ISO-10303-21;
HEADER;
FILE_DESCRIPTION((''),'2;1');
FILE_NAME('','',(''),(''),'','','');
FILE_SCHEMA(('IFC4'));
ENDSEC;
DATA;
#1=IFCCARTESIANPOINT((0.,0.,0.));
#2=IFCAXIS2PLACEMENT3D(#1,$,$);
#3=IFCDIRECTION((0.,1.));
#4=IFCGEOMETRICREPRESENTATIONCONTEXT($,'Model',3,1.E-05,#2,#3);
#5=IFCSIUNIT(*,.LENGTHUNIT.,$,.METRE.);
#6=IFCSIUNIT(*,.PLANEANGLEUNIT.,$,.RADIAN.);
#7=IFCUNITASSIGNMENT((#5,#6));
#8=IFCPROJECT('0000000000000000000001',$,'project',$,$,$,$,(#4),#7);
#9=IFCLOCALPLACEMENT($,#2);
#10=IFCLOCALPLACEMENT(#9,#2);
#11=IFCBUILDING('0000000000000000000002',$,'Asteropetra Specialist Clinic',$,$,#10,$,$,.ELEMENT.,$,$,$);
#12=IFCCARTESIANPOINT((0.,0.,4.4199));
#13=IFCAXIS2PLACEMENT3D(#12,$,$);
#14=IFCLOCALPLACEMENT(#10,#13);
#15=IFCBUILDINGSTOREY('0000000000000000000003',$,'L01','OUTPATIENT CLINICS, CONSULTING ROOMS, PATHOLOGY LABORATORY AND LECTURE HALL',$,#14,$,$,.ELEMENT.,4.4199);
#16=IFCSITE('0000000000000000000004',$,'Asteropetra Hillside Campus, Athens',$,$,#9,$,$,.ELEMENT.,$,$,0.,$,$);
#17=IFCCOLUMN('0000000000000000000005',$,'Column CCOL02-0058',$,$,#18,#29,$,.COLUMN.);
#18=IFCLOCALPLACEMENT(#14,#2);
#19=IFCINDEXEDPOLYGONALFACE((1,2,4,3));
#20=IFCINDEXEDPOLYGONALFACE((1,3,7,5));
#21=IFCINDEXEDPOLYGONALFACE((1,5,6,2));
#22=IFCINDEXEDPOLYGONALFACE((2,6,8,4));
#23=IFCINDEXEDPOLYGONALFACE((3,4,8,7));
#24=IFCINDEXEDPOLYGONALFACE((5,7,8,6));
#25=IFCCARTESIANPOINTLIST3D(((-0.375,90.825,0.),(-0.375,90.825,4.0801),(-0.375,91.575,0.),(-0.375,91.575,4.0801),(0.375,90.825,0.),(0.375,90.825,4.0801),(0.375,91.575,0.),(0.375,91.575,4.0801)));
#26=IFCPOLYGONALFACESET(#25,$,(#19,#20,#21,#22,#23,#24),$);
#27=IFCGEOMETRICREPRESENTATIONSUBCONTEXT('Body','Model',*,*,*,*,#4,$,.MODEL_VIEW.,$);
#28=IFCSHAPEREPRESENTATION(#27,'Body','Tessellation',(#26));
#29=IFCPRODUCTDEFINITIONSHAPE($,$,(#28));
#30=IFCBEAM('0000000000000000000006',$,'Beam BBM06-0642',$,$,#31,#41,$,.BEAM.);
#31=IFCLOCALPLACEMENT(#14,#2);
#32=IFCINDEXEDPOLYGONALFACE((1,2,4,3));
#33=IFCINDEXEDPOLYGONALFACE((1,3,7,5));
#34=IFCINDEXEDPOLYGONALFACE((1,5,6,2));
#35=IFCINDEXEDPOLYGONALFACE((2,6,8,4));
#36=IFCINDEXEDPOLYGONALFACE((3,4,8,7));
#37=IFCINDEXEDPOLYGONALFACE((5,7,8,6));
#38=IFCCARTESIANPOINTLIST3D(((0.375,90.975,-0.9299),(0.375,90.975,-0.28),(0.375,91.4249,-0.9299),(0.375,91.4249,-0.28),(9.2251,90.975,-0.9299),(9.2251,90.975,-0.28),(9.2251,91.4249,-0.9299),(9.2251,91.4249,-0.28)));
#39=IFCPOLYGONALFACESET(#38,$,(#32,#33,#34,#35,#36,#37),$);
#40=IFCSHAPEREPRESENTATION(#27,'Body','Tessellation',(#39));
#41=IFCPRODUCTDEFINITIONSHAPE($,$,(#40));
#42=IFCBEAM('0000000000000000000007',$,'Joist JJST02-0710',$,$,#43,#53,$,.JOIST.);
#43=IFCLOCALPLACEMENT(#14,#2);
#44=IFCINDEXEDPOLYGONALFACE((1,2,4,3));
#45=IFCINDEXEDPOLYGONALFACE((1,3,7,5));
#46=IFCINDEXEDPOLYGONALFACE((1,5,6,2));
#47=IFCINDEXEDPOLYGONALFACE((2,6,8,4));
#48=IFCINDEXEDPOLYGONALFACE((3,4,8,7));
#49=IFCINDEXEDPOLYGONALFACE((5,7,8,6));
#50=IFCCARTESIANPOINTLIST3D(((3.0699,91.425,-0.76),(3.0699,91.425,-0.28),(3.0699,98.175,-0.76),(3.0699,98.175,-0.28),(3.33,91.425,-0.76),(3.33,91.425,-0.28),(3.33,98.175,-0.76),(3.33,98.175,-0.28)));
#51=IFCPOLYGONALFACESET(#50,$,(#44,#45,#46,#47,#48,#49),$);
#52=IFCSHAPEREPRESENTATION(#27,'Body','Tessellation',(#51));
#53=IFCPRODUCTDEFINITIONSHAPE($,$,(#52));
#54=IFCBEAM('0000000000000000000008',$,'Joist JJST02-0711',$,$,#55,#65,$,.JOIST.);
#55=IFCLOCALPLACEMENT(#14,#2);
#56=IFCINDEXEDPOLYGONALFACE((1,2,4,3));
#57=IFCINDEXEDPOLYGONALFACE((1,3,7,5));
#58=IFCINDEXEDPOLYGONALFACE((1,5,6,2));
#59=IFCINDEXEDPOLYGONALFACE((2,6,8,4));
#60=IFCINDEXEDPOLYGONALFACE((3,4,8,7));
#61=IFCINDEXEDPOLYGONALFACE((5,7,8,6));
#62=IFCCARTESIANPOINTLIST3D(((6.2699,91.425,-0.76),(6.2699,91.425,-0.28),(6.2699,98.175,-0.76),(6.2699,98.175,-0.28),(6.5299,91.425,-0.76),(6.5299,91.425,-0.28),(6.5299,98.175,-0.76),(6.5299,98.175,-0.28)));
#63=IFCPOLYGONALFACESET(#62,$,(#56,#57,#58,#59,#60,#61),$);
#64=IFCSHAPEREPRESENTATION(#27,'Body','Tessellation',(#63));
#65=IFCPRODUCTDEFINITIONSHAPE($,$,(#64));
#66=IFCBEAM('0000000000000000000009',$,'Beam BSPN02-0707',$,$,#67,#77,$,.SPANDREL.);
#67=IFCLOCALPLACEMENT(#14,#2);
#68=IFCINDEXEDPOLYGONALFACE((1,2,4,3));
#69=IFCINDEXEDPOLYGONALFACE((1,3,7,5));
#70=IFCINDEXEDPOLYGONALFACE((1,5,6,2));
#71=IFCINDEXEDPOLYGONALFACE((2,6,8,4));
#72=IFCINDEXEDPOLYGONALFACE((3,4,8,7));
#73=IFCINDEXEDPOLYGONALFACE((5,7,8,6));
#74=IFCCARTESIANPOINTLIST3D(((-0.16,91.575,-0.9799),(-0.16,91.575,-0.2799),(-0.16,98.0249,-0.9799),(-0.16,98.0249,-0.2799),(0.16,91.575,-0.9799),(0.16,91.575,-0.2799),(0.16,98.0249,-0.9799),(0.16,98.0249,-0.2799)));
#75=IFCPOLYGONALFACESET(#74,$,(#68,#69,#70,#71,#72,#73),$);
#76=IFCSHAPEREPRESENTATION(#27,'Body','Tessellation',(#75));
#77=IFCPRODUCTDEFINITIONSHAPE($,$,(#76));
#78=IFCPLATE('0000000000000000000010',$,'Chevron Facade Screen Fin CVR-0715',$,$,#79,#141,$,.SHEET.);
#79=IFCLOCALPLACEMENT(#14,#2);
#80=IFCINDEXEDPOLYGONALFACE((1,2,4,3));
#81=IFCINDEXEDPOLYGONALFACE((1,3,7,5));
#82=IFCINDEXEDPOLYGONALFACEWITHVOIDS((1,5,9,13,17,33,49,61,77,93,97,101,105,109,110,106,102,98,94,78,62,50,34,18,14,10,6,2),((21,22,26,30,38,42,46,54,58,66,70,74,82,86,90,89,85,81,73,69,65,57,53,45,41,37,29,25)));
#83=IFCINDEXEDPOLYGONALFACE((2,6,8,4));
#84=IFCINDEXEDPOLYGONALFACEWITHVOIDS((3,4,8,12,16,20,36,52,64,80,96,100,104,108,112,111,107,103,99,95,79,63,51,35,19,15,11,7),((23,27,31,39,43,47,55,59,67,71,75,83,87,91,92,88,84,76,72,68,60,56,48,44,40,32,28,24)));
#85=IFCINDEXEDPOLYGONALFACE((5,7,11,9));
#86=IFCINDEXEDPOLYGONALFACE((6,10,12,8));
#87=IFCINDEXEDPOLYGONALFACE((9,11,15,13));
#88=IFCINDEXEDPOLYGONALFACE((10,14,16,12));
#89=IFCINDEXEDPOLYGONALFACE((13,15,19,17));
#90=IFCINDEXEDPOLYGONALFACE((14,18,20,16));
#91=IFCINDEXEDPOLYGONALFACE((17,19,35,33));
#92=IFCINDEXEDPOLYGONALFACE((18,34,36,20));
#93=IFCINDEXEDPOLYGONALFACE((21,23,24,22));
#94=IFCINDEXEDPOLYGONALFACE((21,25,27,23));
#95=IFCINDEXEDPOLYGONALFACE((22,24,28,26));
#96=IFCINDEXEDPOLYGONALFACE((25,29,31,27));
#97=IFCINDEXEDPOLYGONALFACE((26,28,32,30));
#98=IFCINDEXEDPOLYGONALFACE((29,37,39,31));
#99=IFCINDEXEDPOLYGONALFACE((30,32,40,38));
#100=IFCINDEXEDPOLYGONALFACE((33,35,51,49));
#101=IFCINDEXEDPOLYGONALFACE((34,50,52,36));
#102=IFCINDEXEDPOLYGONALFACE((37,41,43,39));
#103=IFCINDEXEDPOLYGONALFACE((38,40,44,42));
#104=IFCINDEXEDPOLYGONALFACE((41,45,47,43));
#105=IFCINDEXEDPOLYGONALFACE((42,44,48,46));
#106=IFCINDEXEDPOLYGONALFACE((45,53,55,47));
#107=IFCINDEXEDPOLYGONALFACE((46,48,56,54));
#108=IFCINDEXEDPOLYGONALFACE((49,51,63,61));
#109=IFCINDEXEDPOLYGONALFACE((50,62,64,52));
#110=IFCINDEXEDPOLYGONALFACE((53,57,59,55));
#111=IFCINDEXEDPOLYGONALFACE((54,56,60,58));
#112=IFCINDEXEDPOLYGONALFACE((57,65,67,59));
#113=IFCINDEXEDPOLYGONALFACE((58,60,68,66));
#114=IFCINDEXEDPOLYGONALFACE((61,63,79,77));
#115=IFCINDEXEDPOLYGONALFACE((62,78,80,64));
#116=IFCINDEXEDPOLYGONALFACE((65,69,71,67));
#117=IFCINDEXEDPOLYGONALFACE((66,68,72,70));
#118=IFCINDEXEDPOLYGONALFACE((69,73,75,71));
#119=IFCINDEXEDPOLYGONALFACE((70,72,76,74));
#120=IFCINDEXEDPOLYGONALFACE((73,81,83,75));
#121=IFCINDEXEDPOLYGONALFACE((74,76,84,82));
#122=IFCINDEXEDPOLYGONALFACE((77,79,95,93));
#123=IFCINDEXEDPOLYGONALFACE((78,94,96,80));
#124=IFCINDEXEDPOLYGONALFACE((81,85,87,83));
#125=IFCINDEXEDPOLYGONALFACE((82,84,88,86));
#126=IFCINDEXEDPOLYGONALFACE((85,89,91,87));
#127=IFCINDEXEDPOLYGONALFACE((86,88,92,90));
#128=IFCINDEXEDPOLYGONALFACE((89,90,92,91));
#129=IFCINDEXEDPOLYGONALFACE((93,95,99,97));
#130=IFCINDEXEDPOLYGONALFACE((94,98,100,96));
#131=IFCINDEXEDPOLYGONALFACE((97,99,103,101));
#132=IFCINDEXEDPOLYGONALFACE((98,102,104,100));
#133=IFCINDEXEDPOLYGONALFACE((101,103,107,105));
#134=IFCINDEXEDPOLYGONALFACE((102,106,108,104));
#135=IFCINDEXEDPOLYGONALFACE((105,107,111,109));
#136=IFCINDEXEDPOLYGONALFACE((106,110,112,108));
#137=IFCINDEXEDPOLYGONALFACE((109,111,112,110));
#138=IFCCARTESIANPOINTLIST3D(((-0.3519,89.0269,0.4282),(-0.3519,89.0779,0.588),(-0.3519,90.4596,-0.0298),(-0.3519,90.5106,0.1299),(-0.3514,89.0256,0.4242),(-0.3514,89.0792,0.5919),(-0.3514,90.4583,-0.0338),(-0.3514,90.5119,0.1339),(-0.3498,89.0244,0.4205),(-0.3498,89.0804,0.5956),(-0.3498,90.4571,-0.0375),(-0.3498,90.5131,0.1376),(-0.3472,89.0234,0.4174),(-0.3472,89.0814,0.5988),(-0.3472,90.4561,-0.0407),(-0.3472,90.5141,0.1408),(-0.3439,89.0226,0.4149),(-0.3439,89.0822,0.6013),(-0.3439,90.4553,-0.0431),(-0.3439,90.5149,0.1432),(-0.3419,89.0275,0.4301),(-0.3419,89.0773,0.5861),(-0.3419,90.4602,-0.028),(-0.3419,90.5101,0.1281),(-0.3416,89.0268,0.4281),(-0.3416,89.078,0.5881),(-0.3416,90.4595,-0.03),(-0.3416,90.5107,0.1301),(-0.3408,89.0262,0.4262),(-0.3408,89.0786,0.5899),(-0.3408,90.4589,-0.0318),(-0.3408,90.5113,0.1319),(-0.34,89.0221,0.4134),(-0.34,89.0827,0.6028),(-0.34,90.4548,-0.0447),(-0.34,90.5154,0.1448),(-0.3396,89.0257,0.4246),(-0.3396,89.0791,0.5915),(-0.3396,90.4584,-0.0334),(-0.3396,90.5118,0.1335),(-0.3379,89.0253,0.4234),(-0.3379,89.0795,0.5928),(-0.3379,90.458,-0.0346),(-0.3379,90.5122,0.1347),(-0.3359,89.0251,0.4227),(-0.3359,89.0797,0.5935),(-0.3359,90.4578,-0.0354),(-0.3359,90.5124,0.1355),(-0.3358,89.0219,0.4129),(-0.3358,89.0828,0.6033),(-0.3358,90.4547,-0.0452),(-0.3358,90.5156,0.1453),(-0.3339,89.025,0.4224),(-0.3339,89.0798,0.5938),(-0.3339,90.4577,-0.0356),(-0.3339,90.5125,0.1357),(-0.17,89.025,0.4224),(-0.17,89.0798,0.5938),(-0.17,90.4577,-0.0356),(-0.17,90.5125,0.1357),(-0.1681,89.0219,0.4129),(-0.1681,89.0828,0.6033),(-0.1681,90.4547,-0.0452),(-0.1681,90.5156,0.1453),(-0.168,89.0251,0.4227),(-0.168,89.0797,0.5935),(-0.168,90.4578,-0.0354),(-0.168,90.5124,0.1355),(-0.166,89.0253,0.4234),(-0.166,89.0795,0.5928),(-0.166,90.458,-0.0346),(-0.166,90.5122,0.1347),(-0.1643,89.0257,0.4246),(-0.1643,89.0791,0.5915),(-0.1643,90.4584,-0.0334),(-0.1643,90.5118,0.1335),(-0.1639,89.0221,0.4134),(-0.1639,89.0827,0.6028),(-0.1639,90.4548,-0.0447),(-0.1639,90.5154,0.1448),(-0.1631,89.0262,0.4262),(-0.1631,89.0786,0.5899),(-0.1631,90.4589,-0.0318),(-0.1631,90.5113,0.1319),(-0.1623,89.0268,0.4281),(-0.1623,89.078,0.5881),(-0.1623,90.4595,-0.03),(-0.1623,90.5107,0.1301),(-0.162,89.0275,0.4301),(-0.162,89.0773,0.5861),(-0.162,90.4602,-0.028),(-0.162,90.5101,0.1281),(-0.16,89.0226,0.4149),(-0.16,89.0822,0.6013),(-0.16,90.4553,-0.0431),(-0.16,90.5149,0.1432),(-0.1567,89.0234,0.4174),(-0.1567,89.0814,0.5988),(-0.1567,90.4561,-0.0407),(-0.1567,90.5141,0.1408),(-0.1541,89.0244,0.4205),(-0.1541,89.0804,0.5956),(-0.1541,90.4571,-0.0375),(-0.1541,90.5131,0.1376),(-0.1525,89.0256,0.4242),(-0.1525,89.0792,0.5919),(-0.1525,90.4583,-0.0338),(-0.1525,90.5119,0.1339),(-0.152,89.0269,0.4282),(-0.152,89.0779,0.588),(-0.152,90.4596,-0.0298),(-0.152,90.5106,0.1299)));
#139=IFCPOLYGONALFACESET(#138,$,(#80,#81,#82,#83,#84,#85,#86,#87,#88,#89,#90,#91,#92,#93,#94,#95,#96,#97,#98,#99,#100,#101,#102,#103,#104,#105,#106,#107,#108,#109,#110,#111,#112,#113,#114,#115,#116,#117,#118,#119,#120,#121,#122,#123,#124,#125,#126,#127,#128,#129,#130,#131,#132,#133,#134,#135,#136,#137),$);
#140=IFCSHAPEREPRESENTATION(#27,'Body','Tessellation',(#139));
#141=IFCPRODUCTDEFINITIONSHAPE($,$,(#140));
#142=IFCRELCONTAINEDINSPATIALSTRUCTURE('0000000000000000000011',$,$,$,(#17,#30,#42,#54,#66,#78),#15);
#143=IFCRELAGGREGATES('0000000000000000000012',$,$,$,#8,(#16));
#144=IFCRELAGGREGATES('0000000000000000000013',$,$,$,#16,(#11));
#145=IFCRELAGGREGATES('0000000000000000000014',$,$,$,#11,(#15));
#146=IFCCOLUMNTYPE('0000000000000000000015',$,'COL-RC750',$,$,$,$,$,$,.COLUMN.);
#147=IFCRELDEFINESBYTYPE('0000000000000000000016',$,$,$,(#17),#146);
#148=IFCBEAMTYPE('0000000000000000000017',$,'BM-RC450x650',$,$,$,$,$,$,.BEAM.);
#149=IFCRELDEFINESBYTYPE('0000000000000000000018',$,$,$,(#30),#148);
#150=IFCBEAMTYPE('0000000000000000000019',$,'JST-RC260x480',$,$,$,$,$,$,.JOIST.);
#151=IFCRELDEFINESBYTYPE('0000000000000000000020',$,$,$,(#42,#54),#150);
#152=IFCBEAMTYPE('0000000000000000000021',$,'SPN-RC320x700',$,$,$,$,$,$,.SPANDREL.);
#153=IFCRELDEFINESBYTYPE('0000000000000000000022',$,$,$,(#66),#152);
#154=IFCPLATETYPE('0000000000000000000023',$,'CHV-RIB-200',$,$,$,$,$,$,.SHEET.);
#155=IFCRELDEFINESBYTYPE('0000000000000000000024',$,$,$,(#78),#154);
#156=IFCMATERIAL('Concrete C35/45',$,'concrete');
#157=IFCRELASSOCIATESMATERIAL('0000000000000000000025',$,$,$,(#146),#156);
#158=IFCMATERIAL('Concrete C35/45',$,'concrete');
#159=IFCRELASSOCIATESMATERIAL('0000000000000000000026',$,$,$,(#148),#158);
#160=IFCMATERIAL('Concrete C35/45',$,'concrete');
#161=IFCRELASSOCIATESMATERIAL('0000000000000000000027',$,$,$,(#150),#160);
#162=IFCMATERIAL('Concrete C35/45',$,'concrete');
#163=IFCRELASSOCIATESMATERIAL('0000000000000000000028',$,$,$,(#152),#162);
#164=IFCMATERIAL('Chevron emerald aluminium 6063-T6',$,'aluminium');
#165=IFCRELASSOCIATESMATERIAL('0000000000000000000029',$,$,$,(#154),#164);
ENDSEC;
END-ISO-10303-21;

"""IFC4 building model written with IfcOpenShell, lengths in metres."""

from ifc_helpers import new_model, si_unit, direction, frame, origin, origin_2d, place, context, subcontext, project, spatial, rectangle, hollow_rectangle, extrude, material, material_profile, profile_set, type_object, element, save


model = new_model("IFC4")

# Units and contexts
model_context = context("Model", 3, precision=1e-05, world=origin(), true_north=direction((0.0, 1.0)))
body_context = subcontext(model_context, "Body", "Model", "MODEL_VIEW")
ifc_project = project(units=[si_unit("LENGTHUNIT", "METRE"), si_unit("PLANEANGLEUNIT", "RADIAN")], contexts=[model_context])

# Site, building, storey
site_placement = place(None, origin())
site = spatial("IfcSite", under=ifc_project, at=site_placement, Name="Asteropetra Hillside Campus, Athens", CompositionType="ELEMENT", RefElevation=0.0)
building_placement = place(site_placement, origin())
building = spatial("IfcBuilding", under=site, at=building_placement, Name="Asteropetra Specialist Clinic", CompositionType="ELEMENT")
storey_placement = place(building_placement, frame((0.0, 0.0, 4.4199)))
storey = spatial("IfcBuildingStorey", under=building, at=storey_placement, Name="L01", Description="OUTPATIENT CLINICS, CONSULTING ROOMS, PATHOLOGY LABORATORY AND LECTURE HALL", CompositionType="ELEMENT", Elevation=4.4199)

# Column
ifc_material_1 = material(Name="Concrete C35/45", Category="concrete")
ifc_material_profile_1 = material_profile(ifc_material_1, rectangle(XDim=0.75, YDim=0.75, at=origin_2d()), Name="RC 750x750")
ifc_profile_set_1 = profile_set([ifc_material_profile_1], Name="Concrete C35/45")
column_type = type_object("IfcColumnType", Name="COL-RC750", PredefinedType="COLUMN", material=ifc_profile_set_1)
column_placement = place(storey_placement, frame((0.0, 91.2, 0.0), z_axis=(0.0, 0.0, 1.0), x_axis=(1.0, 0.0, 0.0)))
element("IfcColumn", 1, at=column_placement, inside=storey, type_object=column_type, Name="Column CCOL02-0058", PredefinedType="COLUMN", context=body_context, shape_type="SweptSolid", body=[
    extrude(rectangle(XDim=0.75, YDim=0.75, at=origin_2d()), origin(), (0.0, 0.0, 1.0), 4.0801),
])

# Beams
ifc_material_2 = material(Name="Concrete C35/45", Category="concrete")
ifc_material_profile_2 = material_profile(ifc_material_2, rectangle(XDim=0.45, YDim=0.6499, at=origin_2d()), Name="RCB 450x650")
ifc_profile_set_2 = profile_set([ifc_material_profile_2], Name="Concrete C35/45")
beam_type_1 = type_object("IfcBeamType", Name="BM-RC450x650", PredefinedType="BEAM", material=ifc_profile_set_2)
beam_1_placement = place(storey_placement, frame((0.375, 91.2, -0.605), z_axis=(1.0, 0.0, 0.0), x_axis=(0.0, 1.0, 0.0)))
element("IfcBeam", 2, at=beam_1_placement, inside=storey, type_object=beam_type_1, Name="Beam BBM06-0642", PredefinedType="BEAM", context=body_context, shape_type="SweptSolid", body=[
    extrude(rectangle(XDim=0.45, YDim=0.6499, at=origin_2d()), origin(), (0.0, 0.0, 1.0), 8.8501),
])
ifc_material_3 = material(Name="Concrete C35/45", Category="concrete")
ifc_material_profile_3 = material_profile(ifc_material_3, rectangle(XDim=0.26, YDim=0.48, at=origin_2d()), Name="RCJ 260x480")
ifc_profile_set_3 = profile_set([ifc_material_profile_3], Name="Concrete C35/45")
beam_type_2 = type_object("IfcBeamType", Name="JST-RC260x480", PredefinedType="JOIST", material=ifc_profile_set_3)
for number, where, z_axis, x_axis, name in (
    (3, (3.2, 91.425, -0.52), (0.0, 1.0, 0.0), (-1.0, 0.0, 0.0), "Joist JJST02-0710"),
    (4, (6.3999, 91.425, -0.52), (0.0, 1.0, 0.0), (-1.0, 0.0, 0.0), "Joist JJST02-0711"),
):
    element("IfcBeam", number, at=place(storey_placement, frame(where, z_axis=z_axis, x_axis=x_axis)), inside=storey, type_object=beam_type_2, Name=name, PredefinedType="JOIST", context=body_context, shape_type="SweptSolid", body=[
        extrude(rectangle(XDim=0.26, YDim=0.48, at=origin_2d()), origin(), (0.0, 0.0, 1.0), 6.75),
    ])
ifc_material_4 = material(Name="Concrete C35/45", Category="concrete")
ifc_material_profile_4 = material_profile(ifc_material_4, rectangle(XDim=0.3201, YDim=0.7, at=origin_2d()), Name="RCS 320x700")
ifc_profile_set_4 = profile_set([ifc_material_profile_4], Name="Concrete C35/45")
beam_type_3 = type_object("IfcBeamType", Name="SPN-RC320x700", PredefinedType="SPANDREL", material=ifc_profile_set_4)
beam_2_placement = place(storey_placement, frame((0.0, 91.575, -0.6299), z_axis=(0.0, 1.0, 0.0), x_axis=(-1.0, 0.0, 0.0)))
element("IfcBeam", 5, at=beam_2_placement, inside=storey, type_object=beam_type_3, Name="Beam BSPN02-0707", PredefinedType="SPANDREL", context=body_context, shape_type="SweptSolid", body=[
    extrude(rectangle(XDim=0.3201, YDim=0.7, at=origin_2d()), origin(), (0.0, 0.0, 1.0), 6.45),
])

# Plate
ifc_material_5 = material(Name="Chevron emerald aluminium 6063-T6", Category="aluminium")
ifc_material_profile_5 = material_profile(ifc_material_5, hollow_rectangle(XDim=0.2, YDim=0.2, WallThickness=0.01, InnerFilletRadius=0.0081, OuterFilletRadius=0.0161, at=origin_2d()), Name="SHS 200x200x10.0")
ifc_profile_set_5 = profile_set([ifc_material_profile_5], Name="Chevron emerald aluminium 6063-T6")
plate_type_1 = type_object("IfcPlateType", Name="CHV-RIB-200", PredefinedType="SHEET", material=ifc_profile_set_5)
for number, where, z_axis, x_axis, name in (
    (6, (-0.252, 90.4851, 0.05), (0.0, -0.952507, 0.304517), (1.0, 0.0, 0.0), "Chevron Facade Screen Fin CVR-0715"),
):
    element("IfcPlate", number, at=place(storey_placement, frame(where, z_axis=z_axis, x_axis=x_axis)), inside=storey, type_object=plate_type_1, Name=name, PredefinedType="SHEET", context=body_context, shape_type="SweptSolid", body=[
        extrude(hollow_rectangle(XDim=0.2, YDim=0.2, WallThickness=0.01, InnerFilletRadius=0.0081, OuterFilletRadius=0.0161, at=origin_2d()), origin(), (0.0, 0.0, 1.0), 1.5042),
    ])

save(model, "model.ifc")
